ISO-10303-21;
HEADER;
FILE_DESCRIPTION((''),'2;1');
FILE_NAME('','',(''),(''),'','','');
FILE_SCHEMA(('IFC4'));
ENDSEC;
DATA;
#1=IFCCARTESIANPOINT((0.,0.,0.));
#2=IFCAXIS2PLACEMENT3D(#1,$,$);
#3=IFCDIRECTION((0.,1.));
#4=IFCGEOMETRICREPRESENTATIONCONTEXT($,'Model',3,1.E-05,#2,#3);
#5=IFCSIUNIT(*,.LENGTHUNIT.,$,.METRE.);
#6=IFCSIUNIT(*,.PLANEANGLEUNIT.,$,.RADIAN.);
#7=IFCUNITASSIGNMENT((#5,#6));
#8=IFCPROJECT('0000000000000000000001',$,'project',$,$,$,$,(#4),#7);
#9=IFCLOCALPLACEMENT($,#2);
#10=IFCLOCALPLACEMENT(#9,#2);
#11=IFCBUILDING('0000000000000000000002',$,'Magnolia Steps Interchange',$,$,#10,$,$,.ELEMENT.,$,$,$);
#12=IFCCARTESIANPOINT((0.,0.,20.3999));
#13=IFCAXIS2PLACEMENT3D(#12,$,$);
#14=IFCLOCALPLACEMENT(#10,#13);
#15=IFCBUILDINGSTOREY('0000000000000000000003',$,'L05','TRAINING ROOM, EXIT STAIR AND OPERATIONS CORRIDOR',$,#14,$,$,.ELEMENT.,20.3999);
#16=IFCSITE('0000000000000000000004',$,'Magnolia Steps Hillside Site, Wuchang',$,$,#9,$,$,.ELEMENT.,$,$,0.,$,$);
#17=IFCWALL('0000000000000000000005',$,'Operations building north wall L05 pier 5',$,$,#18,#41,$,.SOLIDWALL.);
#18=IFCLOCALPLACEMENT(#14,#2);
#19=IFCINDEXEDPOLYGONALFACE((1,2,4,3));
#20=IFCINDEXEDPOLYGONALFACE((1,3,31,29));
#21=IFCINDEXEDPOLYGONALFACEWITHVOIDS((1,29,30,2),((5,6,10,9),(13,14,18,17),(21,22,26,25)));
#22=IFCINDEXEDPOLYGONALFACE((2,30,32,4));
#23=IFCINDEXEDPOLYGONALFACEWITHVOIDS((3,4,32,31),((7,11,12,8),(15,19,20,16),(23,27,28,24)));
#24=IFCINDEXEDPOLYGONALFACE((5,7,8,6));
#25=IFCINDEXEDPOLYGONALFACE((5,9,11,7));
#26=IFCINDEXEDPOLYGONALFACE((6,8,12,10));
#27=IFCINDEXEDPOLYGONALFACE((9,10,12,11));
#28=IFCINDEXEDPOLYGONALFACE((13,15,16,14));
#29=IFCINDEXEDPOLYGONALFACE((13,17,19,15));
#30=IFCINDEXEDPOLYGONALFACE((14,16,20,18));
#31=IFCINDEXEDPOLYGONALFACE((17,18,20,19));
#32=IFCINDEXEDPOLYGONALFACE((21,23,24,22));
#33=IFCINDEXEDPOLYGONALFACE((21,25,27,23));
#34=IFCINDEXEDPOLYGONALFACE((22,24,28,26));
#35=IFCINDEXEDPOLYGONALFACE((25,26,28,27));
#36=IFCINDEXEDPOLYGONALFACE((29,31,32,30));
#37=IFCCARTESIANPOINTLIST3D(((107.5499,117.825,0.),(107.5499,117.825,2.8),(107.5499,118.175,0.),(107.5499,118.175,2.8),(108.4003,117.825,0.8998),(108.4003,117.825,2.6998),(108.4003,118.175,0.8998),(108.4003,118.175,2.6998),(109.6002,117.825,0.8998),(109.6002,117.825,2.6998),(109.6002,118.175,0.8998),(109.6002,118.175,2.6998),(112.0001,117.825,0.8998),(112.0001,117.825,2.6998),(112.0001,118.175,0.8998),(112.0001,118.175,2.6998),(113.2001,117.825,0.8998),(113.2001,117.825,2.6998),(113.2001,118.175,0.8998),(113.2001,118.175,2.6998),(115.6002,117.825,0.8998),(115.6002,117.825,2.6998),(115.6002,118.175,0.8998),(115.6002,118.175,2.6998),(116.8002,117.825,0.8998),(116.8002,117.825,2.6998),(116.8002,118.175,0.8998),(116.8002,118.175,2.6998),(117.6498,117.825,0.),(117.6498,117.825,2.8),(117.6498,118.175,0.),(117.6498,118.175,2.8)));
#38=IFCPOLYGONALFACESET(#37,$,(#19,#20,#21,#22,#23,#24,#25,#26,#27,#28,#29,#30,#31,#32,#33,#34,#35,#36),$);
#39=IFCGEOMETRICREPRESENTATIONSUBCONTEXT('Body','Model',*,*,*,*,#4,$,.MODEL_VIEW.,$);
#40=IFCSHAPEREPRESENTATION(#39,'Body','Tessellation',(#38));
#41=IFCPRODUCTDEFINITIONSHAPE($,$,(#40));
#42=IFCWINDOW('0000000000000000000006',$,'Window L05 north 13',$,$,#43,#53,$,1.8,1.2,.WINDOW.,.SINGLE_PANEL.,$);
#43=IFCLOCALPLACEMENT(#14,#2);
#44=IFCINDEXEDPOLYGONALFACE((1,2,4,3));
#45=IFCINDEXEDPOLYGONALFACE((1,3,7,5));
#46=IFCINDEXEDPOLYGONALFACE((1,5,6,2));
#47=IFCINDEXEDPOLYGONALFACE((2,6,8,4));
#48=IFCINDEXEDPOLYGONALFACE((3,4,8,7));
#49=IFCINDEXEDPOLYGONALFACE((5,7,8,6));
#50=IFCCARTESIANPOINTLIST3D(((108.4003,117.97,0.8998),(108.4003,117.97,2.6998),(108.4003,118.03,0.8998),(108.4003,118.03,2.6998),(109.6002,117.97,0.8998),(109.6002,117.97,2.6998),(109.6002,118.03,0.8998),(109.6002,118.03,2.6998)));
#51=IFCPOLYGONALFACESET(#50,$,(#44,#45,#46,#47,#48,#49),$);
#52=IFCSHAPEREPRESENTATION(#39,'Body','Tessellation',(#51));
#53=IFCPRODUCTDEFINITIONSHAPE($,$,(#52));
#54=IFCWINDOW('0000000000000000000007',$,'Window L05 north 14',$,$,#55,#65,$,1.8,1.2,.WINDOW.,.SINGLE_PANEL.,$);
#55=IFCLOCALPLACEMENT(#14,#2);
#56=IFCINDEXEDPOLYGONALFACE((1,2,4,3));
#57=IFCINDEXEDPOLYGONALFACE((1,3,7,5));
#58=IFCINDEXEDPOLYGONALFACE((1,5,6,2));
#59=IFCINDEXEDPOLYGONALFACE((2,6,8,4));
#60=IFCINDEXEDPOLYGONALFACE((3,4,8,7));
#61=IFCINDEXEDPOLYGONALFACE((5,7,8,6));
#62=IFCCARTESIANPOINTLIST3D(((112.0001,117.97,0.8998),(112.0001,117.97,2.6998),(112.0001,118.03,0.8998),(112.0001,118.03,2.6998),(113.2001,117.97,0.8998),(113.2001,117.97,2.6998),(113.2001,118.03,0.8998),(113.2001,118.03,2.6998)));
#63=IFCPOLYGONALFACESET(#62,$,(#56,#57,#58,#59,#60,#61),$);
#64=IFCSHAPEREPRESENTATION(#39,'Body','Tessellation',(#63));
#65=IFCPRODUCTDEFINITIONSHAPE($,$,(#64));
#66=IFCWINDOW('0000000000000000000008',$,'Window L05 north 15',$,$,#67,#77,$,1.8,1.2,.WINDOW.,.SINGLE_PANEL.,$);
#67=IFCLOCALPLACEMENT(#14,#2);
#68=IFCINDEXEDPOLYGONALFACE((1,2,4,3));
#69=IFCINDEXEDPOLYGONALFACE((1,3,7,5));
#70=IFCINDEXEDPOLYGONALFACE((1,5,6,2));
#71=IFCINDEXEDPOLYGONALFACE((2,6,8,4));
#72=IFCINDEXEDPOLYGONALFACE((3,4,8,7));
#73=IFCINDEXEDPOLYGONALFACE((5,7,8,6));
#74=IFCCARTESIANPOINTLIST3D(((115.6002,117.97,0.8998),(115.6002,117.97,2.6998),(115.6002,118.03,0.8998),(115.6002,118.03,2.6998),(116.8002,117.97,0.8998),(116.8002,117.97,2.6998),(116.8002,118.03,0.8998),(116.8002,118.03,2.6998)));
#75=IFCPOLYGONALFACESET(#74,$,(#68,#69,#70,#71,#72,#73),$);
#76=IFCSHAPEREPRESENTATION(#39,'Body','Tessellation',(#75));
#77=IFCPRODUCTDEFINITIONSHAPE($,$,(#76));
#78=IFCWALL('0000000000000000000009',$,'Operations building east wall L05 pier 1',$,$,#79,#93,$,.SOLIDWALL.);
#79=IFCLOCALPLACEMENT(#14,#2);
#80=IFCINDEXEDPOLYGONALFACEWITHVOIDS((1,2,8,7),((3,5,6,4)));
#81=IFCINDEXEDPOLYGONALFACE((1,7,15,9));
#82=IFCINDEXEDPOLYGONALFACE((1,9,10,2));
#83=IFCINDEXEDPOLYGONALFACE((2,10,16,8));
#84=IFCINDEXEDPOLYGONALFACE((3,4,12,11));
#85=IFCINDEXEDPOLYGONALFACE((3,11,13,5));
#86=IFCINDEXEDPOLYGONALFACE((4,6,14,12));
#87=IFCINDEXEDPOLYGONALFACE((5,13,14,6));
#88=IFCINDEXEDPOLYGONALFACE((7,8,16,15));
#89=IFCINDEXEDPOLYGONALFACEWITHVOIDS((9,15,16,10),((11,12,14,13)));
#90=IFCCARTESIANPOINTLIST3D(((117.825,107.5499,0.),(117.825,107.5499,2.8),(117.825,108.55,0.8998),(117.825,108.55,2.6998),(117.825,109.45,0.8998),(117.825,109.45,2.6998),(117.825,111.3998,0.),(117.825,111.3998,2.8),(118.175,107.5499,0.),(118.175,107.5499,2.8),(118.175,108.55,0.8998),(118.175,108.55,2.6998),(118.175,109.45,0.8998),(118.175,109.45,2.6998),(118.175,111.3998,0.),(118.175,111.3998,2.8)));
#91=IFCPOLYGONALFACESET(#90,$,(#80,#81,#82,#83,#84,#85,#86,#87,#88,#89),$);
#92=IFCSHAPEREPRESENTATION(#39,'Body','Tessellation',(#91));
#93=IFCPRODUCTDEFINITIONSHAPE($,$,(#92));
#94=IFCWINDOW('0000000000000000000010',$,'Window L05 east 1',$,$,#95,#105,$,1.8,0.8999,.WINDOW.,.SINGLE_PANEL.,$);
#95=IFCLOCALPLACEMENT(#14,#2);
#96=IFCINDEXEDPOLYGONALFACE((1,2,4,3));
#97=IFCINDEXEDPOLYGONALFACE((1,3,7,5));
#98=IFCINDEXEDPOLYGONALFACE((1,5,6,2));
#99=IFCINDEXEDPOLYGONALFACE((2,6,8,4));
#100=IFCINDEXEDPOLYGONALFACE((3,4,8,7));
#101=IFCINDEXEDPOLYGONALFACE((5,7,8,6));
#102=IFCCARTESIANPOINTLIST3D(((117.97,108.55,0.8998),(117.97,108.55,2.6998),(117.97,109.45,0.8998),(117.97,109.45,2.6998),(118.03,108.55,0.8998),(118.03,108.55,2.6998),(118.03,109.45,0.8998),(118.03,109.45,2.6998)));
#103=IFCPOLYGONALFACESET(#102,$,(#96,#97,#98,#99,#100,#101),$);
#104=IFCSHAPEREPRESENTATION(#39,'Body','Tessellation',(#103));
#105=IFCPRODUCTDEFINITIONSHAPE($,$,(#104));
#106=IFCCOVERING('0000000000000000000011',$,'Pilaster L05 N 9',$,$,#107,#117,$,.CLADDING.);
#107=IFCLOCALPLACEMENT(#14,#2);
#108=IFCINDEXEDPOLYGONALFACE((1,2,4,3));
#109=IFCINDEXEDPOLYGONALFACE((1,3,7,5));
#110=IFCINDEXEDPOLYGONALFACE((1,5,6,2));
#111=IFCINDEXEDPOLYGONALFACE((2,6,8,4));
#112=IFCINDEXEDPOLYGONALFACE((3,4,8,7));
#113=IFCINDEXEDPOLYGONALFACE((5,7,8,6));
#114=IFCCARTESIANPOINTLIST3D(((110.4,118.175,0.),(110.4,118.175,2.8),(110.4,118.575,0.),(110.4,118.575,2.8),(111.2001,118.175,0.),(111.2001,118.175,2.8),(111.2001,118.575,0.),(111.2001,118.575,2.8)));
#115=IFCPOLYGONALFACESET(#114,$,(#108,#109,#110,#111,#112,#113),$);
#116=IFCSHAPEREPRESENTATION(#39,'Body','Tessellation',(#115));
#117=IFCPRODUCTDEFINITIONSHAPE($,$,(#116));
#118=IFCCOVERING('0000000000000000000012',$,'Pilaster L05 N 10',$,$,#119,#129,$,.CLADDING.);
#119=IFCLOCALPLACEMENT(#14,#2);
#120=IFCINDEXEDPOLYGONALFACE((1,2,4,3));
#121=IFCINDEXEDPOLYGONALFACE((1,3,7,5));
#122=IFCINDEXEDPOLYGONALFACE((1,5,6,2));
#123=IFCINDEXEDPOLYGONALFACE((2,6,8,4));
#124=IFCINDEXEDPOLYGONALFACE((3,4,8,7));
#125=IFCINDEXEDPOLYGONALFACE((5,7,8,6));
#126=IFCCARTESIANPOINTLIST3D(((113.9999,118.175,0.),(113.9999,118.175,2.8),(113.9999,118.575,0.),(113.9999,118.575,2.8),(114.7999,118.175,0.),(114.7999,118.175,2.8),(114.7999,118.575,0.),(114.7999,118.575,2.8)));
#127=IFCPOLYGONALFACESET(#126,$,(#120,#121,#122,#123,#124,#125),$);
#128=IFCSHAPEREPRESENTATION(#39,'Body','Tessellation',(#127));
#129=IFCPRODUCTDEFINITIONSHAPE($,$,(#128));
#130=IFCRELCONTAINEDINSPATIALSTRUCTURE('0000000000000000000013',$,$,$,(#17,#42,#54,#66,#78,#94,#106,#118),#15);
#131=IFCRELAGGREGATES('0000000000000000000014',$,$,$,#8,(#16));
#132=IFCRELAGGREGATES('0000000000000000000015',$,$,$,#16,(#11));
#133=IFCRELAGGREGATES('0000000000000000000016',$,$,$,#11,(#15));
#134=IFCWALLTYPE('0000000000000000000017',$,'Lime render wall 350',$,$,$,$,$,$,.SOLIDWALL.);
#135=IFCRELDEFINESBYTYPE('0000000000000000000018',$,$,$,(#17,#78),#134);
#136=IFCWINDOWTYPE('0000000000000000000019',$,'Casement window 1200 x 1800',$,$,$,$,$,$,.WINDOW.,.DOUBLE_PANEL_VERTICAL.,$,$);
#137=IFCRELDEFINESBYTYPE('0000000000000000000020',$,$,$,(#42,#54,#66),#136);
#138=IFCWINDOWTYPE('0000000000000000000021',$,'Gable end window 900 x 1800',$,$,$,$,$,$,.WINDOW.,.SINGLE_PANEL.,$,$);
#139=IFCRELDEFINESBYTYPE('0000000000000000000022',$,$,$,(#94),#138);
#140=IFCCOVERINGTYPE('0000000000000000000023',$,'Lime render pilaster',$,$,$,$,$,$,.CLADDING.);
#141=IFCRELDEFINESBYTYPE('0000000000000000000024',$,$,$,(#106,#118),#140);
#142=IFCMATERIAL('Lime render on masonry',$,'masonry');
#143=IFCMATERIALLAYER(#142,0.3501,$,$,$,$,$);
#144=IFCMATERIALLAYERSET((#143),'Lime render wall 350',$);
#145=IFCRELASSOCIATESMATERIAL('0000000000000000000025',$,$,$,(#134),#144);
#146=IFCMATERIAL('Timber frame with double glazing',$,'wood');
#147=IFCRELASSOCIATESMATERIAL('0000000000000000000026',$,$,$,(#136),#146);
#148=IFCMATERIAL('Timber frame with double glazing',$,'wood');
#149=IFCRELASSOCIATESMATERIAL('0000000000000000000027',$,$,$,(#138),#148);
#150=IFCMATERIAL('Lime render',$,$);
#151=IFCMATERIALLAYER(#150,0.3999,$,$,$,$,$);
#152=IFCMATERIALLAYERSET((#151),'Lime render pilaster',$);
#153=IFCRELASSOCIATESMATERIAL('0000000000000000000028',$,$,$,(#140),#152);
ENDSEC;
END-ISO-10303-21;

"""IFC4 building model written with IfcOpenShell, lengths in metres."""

from ifc_helpers import new_model, si_unit, direction, frame, frame_2d, origin, origin_2d, place, context, subcontext, project, spatial, rectangle, extrude, material, layer, layer_set, type_object, element, fill, save


model = new_model("IFC4")

# Units and contexts
model_context = context("Model", 3, precision=1e-05, world=origin(), true_north=direction((0.0, 1.0)))
body_context = subcontext(model_context, "Body", "Model", "MODEL_VIEW")
ifc_project = project(units=[si_unit("LENGTHUNIT", "METRE"), si_unit("PLANEANGLEUNIT", "RADIAN")], contexts=[model_context])

# Site, building, storey
site_placement = place(None, origin())
site = spatial("IfcSite", under=ifc_project, at=site_placement, Name="Magnolia Steps Hillside Site, Wuchang", CompositionType="ELEMENT", RefElevation=0.0)
building_placement = place(site_placement, origin())
building = spatial("IfcBuilding", under=site, at=building_placement, Name="Magnolia Steps Interchange", CompositionType="ELEMENT")
storey_placement = place(building_placement, frame((0.0, 0.0, 20.3999)))
storey = spatial("IfcBuildingStorey", under=building, at=storey_placement, Name="L05", Description="TRAINING ROOM, EXIT STAIR AND OPERATIONS CORRIDOR", CompositionType="ELEMENT", Elevation=20.3999)

# Wall, openings, windows
ifc_material_1 = material(Name="Lime render on masonry", Category="masonry")
ifc_layer_1 = layer(ifc_material_1, 0.3501)
ifc_layer_set_1 = layer_set([ifc_layer_1], Name="Lime render wall 350")
wall_type = type_object("IfcWallType", Name="Lime render wall 350", PredefinedType="SOLIDWALL", material=ifc_layer_set_1)
wall_1_placement = place(storey_placement, frame((107.55, 118.0, 0.0), z_axis=(0.0, 0.0, 1.0), x_axis=(1.0, 0.0, 0.0)))
wall_1 = element("IfcWall", 1, at=wall_1_placement, inside=storey, type_object=wall_type, Name="Operations building north wall L05 pier 5", PredefinedType="SOLIDWALL", context=body_context, shape_type="SweptSolid", body=[
    extrude(rectangle(XDim=10.0999, YDim=0.3501, at=frame_2d((5.0498, 0.0))), origin(), (0.0, 0.0, 1.0), 2.8),
])
opening_1_placement = place(wall_1_placement, frame((0.8501, 0.0, 0.8999)))
opening_1 = element("IfcOpeningElement", 2, at=opening_1_placement, cuts=wall_1, PredefinedType="OPENING", context=body_context, shape_type="SweptSolid", body=[
    extrude(rectangle(XDim=1.2, YDim=1.8, at=frame_2d((0.6001, 0.8999))), frame((0.0, 0.1851, 0.0), z_axis=(0.0, -1.0, 0.0), x_axis=(1.0, 0.0, 0.0)), (0.0, 0.0, 1.0), 0.3701),
])
opening_2_placement = place(wall_1_placement, frame((4.45, 0.0, 0.8999)))
opening_2 = element("IfcOpeningElement", 3, at=opening_2_placement, cuts=wall_1, PredefinedType="OPENING", context=body_context, shape_type="SweptSolid", body=[
    extrude(rectangle(XDim=1.2, YDim=1.8, at=frame_2d((0.6001, 0.8999))), frame((0.0, 0.1851, 0.0), z_axis=(0.0, -1.0, 0.0), x_axis=(1.0, 0.0, 0.0)), (0.0, 0.0, 1.0), 0.3701),
])
opening_3_placement = place(wall_1_placement, frame((8.05, 0.0, 0.8999)))
opening_3 = element("IfcOpeningElement", 4, at=opening_3_placement, cuts=wall_1, PredefinedType="OPENING", context=body_context, shape_type="SweptSolid", body=[
    extrude(rectangle(XDim=1.2, YDim=1.8, at=frame_2d((0.6001, 0.8999))), frame((0.0, 0.1851, 0.0), z_axis=(0.0, -1.0, 0.0), x_axis=(1.0, 0.0, 0.0)), (0.0, 0.0, 1.0), 0.3701),
])
ifc_material_2 = material(Name="Timber frame with double glazing", Category="wood")
window_type_1 = type_object("IfcWindowType", Name="Casement window 1200 x 1800", PartitioningType="DOUBLE_PANEL_VERTICAL", PredefinedType="WINDOW", material=ifc_material_2)
window_1_placement = place(opening_1_placement, origin())
window_1 = element("IfcWindow", 5, at=window_1_placement, inside=storey, type_object=window_type_1, Name="Window L05 north 13", OverallHeight=1.8, OverallWidth=1.2, PartitioningType="SINGLE_PANEL", PredefinedType="WINDOW", context=body_context, shape_type="SweptSolid", body=[
    extrude(rectangle(XDim=1.2, YDim=1.8, at=frame_2d((0.6001, 0.8999))), frame((0.0, 0.03, 0.0), z_axis=(0.0, -1.0, 0.0), x_axis=(1.0, 0.0, 0.0)), (0.0, 0.0, 1.0), 0.0601),
])
fill(opening_1, window_1)
window_2_placement = place(opening_2_placement, origin())
window_2 = element("IfcWindow", 6, at=window_2_placement, inside=storey, type_object=window_type_1, Name="Window L05 north 14", OverallHeight=1.8, OverallWidth=1.2, PartitioningType="SINGLE_PANEL", PredefinedType="WINDOW", context=body_context, shape_type="SweptSolid", body=[
    extrude(rectangle(XDim=1.2, YDim=1.8, at=frame_2d((0.6001, 0.8999))), frame((0.0, 0.03, 0.0), z_axis=(0.0, -1.0, 0.0), x_axis=(1.0, 0.0, 0.0)), (0.0, 0.0, 1.0), 0.0601),
])
fill(opening_2, window_2)
window_3_placement = place(opening_3_placement, origin())
window_3 = element("IfcWindow", 7, at=window_3_placement, inside=storey, type_object=window_type_1, Name="Window L05 north 15", OverallHeight=1.8, OverallWidth=1.2, PartitioningType="SINGLE_PANEL", PredefinedType="WINDOW", context=body_context, shape_type="SweptSolid", body=[
    extrude(rectangle(XDim=1.2, YDim=1.8, at=frame_2d((0.6001, 0.8999))), frame((0.0, 0.03, 0.0), z_axis=(0.0, -1.0, 0.0), x_axis=(1.0, 0.0, 0.0)), (0.0, 0.0, 1.0), 0.0601),
])
fill(opening_3, window_3)

# Wall, opening, window
wall_2_placement = place(storey_placement, frame((118.0, 107.55, 0.0), z_axis=(0.0, 0.0, 1.0), x_axis=(0.0, 1.0, 0.0)))
wall_2 = element("IfcWall", 8, at=wall_2_placement, inside=storey, type_object=wall_type, Name="Operations building east wall L05 pier 1", PredefinedType="SOLIDWALL", context=body_context, shape_type="SweptSolid", body=[
    extrude(rectangle(XDim=3.8499, YDim=0.3501, at=frame_2d((1.9248, 0.0))), origin(), (0.0, 0.0, 1.0), 2.8),
])
opening_4_placement = place(wall_2_placement, frame((1.0, 0.0, 0.8999)))
opening_4 = element("IfcOpeningElement", 9, at=opening_4_placement, cuts=wall_2, PredefinedType="OPENING", context=body_context, shape_type="SweptSolid", body=[
    extrude(rectangle(XDim=0.8999, YDim=1.8, at=frame_2d((0.45, 0.8999))), frame((0.0, 0.1851, 0.0), z_axis=(0.0, -1.0, 0.0), x_axis=(1.0, 0.0, 0.0)), (0.0, 0.0, 1.0), 0.3701),
])
ifc_material_3 = material(Name="Timber frame with double glazing", Category="wood")
window_type_2 = type_object("IfcWindowType", Name="Gable end window 900 x 1800", PartitioningType="SINGLE_PANEL", PredefinedType="WINDOW", material=ifc_material_3)
window_4_placement = place(opening_4_placement, origin())
window_4 = element("IfcWindow", 10, at=window_4_placement, inside=storey, type_object=window_type_2, Name="Window L05 east 1", OverallHeight=1.8, OverallWidth=0.8999, PartitioningType="SINGLE_PANEL", PredefinedType="WINDOW", context=body_context, shape_type="SweptSolid", body=[
    extrude(rectangle(XDim=0.8999, YDim=1.8, at=frame_2d((0.45, 0.8999))), frame((0.0, 0.03, 0.0), z_axis=(0.0, -1.0, 0.0), x_axis=(1.0, 0.0, 0.0)), (0.0, 0.0, 1.0), 0.0601),
])
fill(opening_4, window_4)

# Coverings
ifc_material_4 = material(Name="Lime render")
ifc_layer_2 = layer(ifc_material_4, 0.3999)
ifc_layer_set_2 = layer_set([ifc_layer_2], Name="Lime render pilaster")
covering_type_1 = type_object("IfcCoveringType", Name="Lime render pilaster", PredefinedType="CLADDING", material=ifc_layer_set_2)
for number, where, z_axis, x_axis, name in (
    (11, (110.8, 118.375, 0.0), (0.0, 0.0, 1.0), (1.0, 0.0, 0.0), "Pilaster L05 N 9"),
    (12, (114.3999, 118.375, 0.0), (0.0, 0.0, 1.0), (1.0, 0.0, 0.0), "Pilaster L05 N 10"),
):
    element("IfcCovering", number, at=place(storey_placement, frame(where, z_axis=z_axis, x_axis=x_axis)), inside=storey, type_object=covering_type_1, Name=name, PredefinedType="CLADDING", context=body_context, shape_type="SweptSolid", body=[
        extrude(rectangle(XDim=0.8, YDim=0.3999, at=origin_2d()), origin(), (0.0, 0.0, 1.0), 2.8),
    ])

save(model, "model.ifc")
